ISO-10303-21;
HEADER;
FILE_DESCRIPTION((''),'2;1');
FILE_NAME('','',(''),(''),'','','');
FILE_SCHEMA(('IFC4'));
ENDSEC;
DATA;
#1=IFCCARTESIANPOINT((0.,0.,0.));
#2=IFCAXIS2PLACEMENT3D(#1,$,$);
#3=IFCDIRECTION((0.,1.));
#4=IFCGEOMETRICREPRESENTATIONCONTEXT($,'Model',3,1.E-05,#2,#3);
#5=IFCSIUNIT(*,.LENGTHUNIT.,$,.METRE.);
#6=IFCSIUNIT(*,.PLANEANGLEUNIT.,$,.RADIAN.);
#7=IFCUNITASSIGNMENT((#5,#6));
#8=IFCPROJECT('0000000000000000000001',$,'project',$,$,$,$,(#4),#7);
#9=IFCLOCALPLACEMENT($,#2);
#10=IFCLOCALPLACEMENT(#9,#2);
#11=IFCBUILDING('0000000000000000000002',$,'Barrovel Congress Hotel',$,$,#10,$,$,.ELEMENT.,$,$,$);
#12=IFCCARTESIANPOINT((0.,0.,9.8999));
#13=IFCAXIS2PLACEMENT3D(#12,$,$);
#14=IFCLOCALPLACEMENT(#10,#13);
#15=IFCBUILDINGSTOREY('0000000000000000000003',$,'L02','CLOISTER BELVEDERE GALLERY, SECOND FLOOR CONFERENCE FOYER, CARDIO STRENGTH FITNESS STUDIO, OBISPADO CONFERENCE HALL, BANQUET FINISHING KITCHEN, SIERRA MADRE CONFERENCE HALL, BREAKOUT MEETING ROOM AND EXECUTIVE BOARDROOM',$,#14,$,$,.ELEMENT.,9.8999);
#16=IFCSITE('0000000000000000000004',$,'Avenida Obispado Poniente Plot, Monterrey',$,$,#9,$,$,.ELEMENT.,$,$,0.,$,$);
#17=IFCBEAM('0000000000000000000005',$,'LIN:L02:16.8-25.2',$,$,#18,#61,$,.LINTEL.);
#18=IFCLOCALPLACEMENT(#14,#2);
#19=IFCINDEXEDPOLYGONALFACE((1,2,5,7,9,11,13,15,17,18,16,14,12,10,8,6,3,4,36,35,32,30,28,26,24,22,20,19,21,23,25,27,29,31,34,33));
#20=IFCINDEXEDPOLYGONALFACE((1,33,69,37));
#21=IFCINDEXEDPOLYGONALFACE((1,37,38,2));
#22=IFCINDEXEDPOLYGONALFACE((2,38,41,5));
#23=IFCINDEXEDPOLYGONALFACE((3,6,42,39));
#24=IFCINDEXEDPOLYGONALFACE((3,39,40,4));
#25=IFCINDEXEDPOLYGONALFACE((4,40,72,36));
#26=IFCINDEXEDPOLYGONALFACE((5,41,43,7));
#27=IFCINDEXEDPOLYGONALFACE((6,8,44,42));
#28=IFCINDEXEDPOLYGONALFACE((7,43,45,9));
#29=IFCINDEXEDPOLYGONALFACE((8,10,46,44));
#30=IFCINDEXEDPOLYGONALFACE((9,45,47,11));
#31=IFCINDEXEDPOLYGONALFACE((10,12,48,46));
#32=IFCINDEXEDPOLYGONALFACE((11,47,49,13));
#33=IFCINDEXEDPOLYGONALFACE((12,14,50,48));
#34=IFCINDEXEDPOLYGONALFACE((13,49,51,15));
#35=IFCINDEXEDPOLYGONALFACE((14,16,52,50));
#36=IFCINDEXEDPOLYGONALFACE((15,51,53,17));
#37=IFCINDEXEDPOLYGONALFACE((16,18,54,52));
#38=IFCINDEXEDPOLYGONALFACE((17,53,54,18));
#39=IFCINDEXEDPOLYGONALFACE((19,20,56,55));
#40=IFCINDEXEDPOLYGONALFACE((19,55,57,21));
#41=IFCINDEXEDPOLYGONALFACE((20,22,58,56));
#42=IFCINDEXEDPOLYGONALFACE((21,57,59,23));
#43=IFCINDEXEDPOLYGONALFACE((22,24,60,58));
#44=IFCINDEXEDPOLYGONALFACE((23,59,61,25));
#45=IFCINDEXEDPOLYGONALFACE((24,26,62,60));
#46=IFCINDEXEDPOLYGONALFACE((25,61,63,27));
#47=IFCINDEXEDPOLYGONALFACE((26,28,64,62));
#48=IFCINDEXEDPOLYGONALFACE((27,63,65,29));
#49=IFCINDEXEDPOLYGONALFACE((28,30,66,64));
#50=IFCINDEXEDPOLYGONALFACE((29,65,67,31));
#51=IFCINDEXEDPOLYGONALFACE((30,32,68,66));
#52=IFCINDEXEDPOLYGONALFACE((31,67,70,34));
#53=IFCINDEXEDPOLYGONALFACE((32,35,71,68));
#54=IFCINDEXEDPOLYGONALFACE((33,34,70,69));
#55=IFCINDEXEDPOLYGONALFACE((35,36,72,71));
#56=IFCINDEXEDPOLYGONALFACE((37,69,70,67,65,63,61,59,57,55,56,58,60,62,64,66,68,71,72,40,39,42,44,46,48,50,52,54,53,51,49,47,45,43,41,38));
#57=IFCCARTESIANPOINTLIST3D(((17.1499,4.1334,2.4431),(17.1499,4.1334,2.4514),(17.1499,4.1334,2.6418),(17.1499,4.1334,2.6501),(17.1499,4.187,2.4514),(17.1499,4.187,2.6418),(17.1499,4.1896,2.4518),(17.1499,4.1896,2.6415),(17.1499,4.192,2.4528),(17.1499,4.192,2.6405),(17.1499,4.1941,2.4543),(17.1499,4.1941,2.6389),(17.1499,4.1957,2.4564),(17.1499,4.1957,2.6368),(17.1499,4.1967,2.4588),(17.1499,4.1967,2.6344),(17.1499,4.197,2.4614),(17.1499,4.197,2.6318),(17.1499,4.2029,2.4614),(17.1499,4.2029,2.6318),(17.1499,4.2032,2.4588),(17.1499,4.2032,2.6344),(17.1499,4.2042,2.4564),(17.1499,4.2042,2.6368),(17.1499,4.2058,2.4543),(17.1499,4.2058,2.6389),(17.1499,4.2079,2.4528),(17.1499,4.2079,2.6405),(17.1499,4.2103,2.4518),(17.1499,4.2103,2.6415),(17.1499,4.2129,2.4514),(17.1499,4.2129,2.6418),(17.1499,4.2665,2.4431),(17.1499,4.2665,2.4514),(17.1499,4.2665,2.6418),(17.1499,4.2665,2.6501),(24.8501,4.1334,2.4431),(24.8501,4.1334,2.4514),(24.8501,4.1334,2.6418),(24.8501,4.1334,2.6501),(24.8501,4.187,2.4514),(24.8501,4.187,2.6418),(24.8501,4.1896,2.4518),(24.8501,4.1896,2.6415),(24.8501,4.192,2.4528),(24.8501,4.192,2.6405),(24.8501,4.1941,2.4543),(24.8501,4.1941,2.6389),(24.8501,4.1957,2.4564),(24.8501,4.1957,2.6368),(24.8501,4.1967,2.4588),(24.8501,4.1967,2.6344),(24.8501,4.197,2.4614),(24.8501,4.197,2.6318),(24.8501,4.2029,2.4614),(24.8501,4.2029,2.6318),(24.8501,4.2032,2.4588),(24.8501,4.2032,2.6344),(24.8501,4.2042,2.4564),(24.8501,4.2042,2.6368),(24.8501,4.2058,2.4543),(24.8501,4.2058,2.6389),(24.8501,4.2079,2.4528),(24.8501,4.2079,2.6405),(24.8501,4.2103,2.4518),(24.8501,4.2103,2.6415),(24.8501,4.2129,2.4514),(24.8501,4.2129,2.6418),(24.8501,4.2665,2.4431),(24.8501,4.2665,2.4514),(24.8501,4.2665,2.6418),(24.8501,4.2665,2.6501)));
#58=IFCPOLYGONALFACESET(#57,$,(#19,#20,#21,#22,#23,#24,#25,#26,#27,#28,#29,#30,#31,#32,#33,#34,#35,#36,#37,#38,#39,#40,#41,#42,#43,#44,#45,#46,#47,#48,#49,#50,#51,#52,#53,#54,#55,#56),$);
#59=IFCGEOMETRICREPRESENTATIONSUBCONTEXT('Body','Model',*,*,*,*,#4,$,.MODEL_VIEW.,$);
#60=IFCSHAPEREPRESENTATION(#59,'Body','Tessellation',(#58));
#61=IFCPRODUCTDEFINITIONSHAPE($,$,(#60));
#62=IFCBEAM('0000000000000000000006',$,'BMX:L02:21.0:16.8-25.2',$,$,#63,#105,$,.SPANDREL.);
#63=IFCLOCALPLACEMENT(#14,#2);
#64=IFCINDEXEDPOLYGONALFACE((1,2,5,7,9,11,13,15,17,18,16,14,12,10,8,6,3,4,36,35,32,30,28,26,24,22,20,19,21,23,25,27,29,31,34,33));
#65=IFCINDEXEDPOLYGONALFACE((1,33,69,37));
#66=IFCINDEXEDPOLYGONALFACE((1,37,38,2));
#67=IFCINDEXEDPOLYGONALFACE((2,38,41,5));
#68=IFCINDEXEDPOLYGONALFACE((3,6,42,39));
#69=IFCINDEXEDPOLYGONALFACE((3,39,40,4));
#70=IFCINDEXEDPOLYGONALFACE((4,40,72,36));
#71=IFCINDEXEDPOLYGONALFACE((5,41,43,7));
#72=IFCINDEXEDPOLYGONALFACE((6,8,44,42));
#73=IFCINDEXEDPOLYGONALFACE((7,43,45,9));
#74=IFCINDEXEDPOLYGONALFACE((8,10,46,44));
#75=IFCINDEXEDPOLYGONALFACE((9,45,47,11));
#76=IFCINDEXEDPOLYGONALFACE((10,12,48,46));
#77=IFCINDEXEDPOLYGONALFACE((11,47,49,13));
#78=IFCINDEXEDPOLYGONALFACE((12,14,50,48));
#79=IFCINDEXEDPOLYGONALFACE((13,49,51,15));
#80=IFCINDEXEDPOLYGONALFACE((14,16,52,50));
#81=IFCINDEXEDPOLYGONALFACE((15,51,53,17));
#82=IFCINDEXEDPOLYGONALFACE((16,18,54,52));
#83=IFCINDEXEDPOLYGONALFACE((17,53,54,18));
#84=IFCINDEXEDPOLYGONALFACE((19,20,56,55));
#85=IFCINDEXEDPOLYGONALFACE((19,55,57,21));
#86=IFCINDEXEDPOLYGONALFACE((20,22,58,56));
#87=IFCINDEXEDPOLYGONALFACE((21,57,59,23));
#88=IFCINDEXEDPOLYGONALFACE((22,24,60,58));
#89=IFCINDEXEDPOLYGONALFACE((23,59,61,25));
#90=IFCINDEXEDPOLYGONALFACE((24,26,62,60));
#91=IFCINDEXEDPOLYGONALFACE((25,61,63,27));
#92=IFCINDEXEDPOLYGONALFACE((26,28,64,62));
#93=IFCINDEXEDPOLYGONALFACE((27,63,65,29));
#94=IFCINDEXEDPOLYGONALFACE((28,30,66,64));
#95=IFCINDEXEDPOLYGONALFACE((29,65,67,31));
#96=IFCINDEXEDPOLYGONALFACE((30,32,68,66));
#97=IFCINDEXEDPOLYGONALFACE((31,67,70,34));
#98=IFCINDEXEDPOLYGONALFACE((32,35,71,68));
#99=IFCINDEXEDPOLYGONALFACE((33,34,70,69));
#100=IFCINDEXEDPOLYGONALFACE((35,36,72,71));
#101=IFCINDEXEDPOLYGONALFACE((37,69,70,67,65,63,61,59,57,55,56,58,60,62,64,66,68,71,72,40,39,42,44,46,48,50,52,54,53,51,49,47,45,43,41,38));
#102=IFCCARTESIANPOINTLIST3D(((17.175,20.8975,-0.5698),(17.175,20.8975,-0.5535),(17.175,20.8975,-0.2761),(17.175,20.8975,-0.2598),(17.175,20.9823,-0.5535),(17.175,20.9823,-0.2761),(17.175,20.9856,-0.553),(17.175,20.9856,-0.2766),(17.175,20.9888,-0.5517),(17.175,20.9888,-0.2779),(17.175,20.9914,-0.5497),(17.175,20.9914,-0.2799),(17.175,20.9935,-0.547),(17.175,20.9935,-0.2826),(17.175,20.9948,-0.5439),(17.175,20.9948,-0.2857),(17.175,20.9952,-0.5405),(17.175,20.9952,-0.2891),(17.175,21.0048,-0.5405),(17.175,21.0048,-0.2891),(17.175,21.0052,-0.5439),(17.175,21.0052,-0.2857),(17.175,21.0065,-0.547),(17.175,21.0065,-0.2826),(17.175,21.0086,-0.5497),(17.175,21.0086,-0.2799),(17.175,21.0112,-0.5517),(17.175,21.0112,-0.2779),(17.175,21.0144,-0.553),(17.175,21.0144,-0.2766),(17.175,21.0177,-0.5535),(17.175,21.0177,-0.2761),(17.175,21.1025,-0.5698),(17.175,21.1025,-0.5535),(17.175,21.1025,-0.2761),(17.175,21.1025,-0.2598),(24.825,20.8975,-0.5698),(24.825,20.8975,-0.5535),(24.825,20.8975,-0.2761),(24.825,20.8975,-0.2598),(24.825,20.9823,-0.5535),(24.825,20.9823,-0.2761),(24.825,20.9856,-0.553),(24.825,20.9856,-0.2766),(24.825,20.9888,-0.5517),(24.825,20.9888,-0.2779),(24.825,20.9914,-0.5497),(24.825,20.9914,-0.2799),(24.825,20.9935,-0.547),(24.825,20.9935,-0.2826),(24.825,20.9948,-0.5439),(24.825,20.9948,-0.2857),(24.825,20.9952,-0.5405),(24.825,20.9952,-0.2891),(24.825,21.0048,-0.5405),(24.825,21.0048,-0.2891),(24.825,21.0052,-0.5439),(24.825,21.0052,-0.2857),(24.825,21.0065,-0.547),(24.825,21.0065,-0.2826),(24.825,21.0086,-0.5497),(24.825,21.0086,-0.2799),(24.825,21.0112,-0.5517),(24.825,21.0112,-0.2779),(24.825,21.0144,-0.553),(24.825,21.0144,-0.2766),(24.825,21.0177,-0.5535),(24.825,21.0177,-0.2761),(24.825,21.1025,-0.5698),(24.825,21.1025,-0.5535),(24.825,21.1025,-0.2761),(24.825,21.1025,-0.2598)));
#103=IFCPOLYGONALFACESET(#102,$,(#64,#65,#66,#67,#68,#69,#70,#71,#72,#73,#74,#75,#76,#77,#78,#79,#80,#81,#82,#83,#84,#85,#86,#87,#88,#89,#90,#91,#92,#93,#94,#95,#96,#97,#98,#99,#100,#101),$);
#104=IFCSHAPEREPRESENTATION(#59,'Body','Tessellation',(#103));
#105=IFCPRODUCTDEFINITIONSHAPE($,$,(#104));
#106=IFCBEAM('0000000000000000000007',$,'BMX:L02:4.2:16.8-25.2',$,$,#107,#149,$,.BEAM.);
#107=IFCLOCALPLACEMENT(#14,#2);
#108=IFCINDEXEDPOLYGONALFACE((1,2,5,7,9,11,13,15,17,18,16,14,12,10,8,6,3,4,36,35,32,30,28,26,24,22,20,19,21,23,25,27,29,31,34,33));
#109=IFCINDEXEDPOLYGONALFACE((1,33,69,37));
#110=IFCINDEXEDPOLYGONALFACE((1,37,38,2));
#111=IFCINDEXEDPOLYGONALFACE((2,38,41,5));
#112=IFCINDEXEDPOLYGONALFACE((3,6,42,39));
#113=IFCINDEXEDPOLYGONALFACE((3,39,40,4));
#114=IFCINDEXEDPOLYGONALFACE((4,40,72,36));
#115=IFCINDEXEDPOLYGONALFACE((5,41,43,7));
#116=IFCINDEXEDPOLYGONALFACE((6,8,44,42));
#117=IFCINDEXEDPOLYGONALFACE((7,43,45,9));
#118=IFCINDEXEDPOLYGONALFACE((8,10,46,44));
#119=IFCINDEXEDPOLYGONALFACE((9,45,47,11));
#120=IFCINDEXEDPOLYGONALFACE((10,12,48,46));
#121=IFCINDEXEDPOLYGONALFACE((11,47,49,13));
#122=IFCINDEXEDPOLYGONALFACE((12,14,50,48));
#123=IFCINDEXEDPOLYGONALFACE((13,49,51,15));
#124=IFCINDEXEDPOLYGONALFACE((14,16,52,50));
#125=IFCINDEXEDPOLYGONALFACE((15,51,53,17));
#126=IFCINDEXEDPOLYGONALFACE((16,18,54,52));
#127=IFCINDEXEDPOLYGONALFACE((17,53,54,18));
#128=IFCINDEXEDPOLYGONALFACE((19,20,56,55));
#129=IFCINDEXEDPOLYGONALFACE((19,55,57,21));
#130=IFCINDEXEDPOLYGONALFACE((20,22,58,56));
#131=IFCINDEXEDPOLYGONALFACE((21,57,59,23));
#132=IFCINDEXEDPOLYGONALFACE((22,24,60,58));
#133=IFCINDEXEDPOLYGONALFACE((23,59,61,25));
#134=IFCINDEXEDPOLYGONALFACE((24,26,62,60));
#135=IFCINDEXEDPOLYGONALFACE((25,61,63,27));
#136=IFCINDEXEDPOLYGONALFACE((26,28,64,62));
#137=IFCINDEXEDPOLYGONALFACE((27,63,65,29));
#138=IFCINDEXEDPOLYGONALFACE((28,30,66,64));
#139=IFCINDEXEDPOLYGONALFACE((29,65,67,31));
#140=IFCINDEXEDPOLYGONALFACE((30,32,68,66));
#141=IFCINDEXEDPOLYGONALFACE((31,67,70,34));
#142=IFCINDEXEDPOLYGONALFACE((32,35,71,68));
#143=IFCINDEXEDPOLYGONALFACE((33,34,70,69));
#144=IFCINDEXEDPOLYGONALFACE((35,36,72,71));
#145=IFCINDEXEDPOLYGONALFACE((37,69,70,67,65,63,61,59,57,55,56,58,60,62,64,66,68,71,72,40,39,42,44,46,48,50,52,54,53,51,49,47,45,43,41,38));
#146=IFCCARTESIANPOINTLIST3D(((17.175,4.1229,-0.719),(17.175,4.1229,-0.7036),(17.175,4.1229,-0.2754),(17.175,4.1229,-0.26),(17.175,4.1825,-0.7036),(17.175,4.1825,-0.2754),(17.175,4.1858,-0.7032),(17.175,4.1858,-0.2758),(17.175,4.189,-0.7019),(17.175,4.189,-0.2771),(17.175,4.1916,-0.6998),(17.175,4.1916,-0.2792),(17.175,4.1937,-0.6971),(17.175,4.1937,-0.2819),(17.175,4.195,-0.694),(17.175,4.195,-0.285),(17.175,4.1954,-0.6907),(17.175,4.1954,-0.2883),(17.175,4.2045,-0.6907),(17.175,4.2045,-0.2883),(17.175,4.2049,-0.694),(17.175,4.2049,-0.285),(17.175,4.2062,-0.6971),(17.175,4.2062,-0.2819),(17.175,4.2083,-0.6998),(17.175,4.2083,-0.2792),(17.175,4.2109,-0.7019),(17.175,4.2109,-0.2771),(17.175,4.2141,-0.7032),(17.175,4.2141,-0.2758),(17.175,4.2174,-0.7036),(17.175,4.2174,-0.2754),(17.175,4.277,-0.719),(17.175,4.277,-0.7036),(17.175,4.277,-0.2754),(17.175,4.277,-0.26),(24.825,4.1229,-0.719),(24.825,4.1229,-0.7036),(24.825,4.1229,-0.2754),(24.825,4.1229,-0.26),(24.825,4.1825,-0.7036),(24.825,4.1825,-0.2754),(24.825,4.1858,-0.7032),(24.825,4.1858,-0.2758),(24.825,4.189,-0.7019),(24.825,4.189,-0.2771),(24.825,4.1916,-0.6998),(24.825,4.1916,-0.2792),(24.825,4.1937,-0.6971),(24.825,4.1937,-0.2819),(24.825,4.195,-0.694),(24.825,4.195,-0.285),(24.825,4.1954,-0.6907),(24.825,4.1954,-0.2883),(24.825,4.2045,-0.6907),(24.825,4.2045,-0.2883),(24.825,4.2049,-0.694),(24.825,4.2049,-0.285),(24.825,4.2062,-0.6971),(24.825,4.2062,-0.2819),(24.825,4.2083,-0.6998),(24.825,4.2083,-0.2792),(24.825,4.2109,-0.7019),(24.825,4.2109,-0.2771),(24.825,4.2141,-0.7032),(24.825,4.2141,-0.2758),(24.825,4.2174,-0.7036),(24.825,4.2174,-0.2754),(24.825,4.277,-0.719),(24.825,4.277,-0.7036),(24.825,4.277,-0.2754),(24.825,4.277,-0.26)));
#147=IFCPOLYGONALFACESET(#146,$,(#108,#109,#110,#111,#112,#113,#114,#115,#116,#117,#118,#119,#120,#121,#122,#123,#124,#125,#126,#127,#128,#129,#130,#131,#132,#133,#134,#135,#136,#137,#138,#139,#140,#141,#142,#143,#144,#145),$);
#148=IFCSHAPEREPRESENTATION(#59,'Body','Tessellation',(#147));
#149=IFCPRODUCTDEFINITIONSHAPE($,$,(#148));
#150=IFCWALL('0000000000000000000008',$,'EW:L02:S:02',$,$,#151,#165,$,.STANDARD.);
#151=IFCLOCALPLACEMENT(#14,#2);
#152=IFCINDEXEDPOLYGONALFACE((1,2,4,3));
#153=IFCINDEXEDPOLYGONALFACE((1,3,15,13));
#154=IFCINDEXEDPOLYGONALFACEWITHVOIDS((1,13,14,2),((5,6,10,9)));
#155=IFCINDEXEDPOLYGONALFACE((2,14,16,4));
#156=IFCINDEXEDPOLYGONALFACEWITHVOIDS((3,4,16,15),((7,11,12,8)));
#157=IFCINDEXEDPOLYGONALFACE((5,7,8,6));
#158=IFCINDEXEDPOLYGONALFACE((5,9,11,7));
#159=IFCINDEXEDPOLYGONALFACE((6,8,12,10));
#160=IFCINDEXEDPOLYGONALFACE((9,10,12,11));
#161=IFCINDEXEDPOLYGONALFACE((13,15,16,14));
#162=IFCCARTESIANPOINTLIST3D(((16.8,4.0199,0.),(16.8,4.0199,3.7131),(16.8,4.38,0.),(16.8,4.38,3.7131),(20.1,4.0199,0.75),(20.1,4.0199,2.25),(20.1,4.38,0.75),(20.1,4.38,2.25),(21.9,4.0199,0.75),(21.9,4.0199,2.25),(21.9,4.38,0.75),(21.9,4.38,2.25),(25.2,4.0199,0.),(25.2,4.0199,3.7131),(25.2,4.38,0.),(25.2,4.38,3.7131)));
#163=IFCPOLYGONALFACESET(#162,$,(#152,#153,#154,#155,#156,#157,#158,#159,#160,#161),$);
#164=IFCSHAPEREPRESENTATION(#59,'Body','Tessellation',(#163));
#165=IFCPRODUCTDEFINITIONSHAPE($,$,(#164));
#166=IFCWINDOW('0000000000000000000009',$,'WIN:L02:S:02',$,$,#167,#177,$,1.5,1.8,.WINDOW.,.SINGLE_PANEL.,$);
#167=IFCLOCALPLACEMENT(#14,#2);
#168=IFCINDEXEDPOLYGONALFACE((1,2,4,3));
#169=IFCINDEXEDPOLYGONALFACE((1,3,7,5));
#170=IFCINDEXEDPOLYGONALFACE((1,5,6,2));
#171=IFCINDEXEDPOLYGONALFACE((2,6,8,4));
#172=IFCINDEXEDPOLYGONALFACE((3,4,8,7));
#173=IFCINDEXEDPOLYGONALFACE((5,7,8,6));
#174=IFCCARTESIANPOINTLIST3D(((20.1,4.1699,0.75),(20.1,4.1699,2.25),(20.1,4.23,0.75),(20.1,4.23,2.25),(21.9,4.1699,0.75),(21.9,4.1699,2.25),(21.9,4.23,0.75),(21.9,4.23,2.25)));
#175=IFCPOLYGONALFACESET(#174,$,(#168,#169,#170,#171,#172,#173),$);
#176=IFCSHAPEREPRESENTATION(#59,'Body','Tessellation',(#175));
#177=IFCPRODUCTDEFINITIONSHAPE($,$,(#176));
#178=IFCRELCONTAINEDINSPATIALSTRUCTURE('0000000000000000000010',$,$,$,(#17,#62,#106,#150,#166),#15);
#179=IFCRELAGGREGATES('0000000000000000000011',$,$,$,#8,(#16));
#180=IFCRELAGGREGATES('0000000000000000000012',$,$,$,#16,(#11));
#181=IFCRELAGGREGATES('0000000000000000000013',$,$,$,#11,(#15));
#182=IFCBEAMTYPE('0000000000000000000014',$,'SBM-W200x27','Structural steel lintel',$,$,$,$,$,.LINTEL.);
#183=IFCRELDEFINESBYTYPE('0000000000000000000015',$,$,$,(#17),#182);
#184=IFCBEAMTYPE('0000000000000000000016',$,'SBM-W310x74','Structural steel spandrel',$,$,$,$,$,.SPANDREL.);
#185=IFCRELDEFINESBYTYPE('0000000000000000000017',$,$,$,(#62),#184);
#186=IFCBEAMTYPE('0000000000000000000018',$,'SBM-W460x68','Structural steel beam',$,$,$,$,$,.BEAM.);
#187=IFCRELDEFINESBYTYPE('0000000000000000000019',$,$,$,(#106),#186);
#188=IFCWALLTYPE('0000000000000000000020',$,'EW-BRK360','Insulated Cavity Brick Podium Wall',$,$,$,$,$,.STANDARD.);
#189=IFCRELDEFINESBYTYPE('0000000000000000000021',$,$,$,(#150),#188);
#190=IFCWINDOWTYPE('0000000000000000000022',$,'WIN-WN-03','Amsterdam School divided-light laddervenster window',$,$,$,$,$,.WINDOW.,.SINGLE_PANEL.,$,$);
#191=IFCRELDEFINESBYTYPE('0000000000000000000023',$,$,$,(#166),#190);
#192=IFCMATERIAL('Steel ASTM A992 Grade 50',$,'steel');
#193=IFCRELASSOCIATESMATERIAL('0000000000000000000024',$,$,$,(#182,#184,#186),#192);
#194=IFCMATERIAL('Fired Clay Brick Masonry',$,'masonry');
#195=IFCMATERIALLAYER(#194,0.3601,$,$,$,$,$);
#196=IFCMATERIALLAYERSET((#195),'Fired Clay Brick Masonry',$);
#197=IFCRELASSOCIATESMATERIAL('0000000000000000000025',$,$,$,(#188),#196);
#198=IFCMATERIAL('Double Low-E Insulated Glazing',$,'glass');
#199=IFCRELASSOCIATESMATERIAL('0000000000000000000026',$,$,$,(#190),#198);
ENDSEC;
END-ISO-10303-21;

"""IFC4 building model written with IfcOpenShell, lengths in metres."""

from ifc_helpers import new_model, si_unit, direction, frame, frame_2d, origin, origin_2d, place, context, subcontext, project, spatial, rectangle, i_section, extrude, material, layer, layer_set, material_profile, profile_set, type_object, element, fill, save


model = new_model("IFC4")

# Units and contexts
model_context = context("Model", 3, precision=1e-05, world=origin(), true_north=direction((0.0, 1.0)))
body_context = subcontext(model_context, "Body", "Model", "MODEL_VIEW")
ifc_project = project(units=[si_unit("LENGTHUNIT", "METRE"), si_unit("PLANEANGLEUNIT", "RADIAN")], contexts=[model_context])

# Site, building, storey
site_placement = place(None, origin())
site = spatial("IfcSite", under=ifc_project, at=site_placement, Name="Avenida Obispado Poniente Plot, Monterrey", CompositionType="ELEMENT", RefElevation=0.0)
building_placement = place(site_placement, origin())
building = spatial("IfcBuilding", under=site, at=building_placement, Name="Barrovel Congress Hotel", CompositionType="ELEMENT")
storey_placement = place(building_placement, frame((0.0, 0.0, 9.8999)))
storey = spatial("IfcBuildingStorey", under=building, at=storey_placement, Name="L02", Description="CLOISTER BELVEDERE GALLERY, SECOND FLOOR CONFERENCE FOYER, CARDIO STRENGTH FITNESS STUDIO, OBISPADO CONFERENCE HALL, BANQUET FINISHING KITCHEN, SIERRA MADRE CONFERENCE HALL, BREAKOUT MEETING ROOM AND EXECUTIVE BOARDROOM", CompositionType="ELEMENT", Elevation=9.8999)

# Beams
ifc_material_1 = material(Name="Steel ASTM A992 Grade 50", Category="steel")
ifc_material_profile_1 = material_profile(ifc_material_1, i_section(OverallWidth=0.1331, OverallDepth=0.207, WebThickness=0.0059, FlangeThickness=0.0083, FilletRadius=0.01, at=origin_2d()), Name="W200x27")
ifc_profile_set_1 = profile_set([ifc_material_profile_1], Name="Steel ASTM A992 Grade 50")
beam_type_1 = type_object("IfcBeamType", Name="SBM-W200x27", Description="Structural steel lintel", PredefinedType="LINTEL", material=ifc_profile_set_1)
beam_1_placement = place(storey_placement, frame((17.1499, 4.2, 2.5466), z_axis=(1.0, 0.0, 0.0), x_axis=(0.0, 1.0, 0.0)))
element("IfcBeam", 1, at=beam_1_placement, inside=storey, type_object=beam_type_1, Name="LIN:L02:16.8-25.2", PredefinedType="LINTEL", context=body_context, shape_type="SweptSolid", body=[
    extrude(i_section(OverallWidth=0.1331, OverallDepth=0.207, WebThickness=0.0059, FlangeThickness=0.0083, FilletRadius=0.01, at=origin_2d()), origin(), (0.0, 0.0, 1.0), 7.7002),
])
ifc_material_profile_2 = material_profile(ifc_material_1, i_section(OverallWidth=0.2051, OverallDepth=0.3101, WebThickness=0.0095, FlangeThickness=0.0164, FilletRadius=0.0129, at=origin_2d()), Name="W310x74")
ifc_profile_set_2 = profile_set([ifc_material_profile_2], Name="Steel ASTM A992 Grade 50")
beam_type_2 = type_object("IfcBeamType", Name="SBM-W310x74", Description="Structural steel spandrel", PredefinedType="SPANDREL", material=ifc_profile_set_2)
beam_2_placement = place(storey_placement, frame((17.175, 21.0, -0.4148), z_axis=(1.0, 0.0, 0.0), x_axis=(0.0, 1.0, 0.0)))
element("IfcBeam", 2, at=beam_2_placement, inside=storey, type_object=beam_type_2, Name="BMX:L02:21.0:16.8-25.2", PredefinedType="SPANDREL", context=body_context, shape_type="SweptSolid", body=[
    extrude(i_section(OverallWidth=0.2051, OverallDepth=0.3101, WebThickness=0.0095, FlangeThickness=0.0164, FilletRadius=0.0129, at=origin_2d()), origin(), (0.0, 0.0, 1.0), 7.6499),
])
ifc_material_profile_3 = material_profile(ifc_material_1, i_section(OverallWidth=0.1541, OverallDepth=0.459, WebThickness=0.009, FlangeThickness=0.0154, FilletRadius=0.0129, at=origin_2d()), Name="W460x68")
ifc_profile_set_3 = profile_set([ifc_material_profile_3], Name="Steel ASTM A992 Grade 50")
beam_type_3 = type_object("IfcBeamType", Name="SBM-W460x68", Description="Structural steel beam", PredefinedType="BEAM", material=ifc_profile_set_3)
beam_3_placement = place(storey_placement, frame((17.175, 4.2, -0.4895), z_axis=(1.0, 0.0, 0.0), x_axis=(0.0, 1.0, 0.0)))
element("IfcBeam", 3, at=beam_3_placement, inside=storey, type_object=beam_type_3, Name="BMX:L02:4.2:16.8-25.2", PredefinedType="BEAM", context=body_context, shape_type="SweptSolid", body=[
    extrude(i_section(OverallWidth=0.1541, OverallDepth=0.459, WebThickness=0.009, FlangeThickness=0.0154, FilletRadius=0.0129, at=origin_2d()), origin(), (0.0, 0.0, 1.0), 7.6499),
])

# Wall, opening, window
ifc_material_2 = material(Name="Fired Clay Brick Masonry", Category="masonry")
ifc_layer_1 = layer(ifc_material_2, 0.3601)
ifc_layer_set_1 = layer_set([ifc_layer_1], Name="Fired Clay Brick Masonry")
wall_type_1 = type_object("IfcWallType", Name="EW-BRK360", Description="Insulated Cavity Brick Podium Wall", PredefinedType="STANDARD", material=ifc_layer_set_1)
wall_1_placement = place(storey_placement, frame((16.8, 4.2, 0.0), z_axis=(0.0, 0.0, 1.0), x_axis=(1.0, 0.0, 0.0)))
wall_1 = element("IfcWall", 4, at=wall_1_placement, inside=storey, type_object=wall_type_1, Name="EW:L02:S:02", PredefinedType="STANDARD", context=body_context, shape_type="SweptSolid", body=[
    extrude(rectangle(XDim=8.3999, YDim=0.3601, at=frame_2d((4.2, 0.0))), origin(), (0.0, 0.0, 1.0), 3.7131),
])
opening_1_placement = place(wall_1_placement, frame((3.3, 0.0, 0.75)))
opening_1 = element("IfcOpeningElement", 5, at=opening_1_placement, cuts=wall_1, PredefinedType="OPENING", context=body_context, shape_type="SweptSolid", body=[
    extrude(rectangle(XDim=1.8, YDim=1.5, at=frame_2d((0.8999, 0.75))), frame((0.0, 0.1899, 0.0), z_axis=(0.0, -1.0, 0.0), x_axis=(1.0, 0.0, 0.0)), (0.0, 0.0, 1.0), 0.3801),
])
ifc_material_3 = material(Name="Double Low-E Insulated Glazing", Category="glass")
window_type_1 = type_object("IfcWindowType", Name="WIN-WN-03", Description="Amsterdam School divided-light laddervenster window", PartitioningType="SINGLE_PANEL", PredefinedType="WINDOW", material=ifc_material_3)
window_1_placement = place(opening_1_placement, origin())
window_1 = element("IfcWindow", 6, at=window_1_placement, inside=storey, type_object=window_type_1, Name="WIN:L02:S:02", OverallHeight=1.5, OverallWidth=1.8, PartitioningType="SINGLE_PANEL", PredefinedType="WINDOW", context=body_context, shape_type="SweptSolid", body=[
    extrude(rectangle(XDim=1.8, YDim=1.5, at=frame_2d((0.8999, 0.75))), frame((0.0, 0.03, 0.0), z_axis=(0.0, -1.0, 0.0), x_axis=(1.0, 0.0, 0.0)), (0.0, 0.0, 1.0), 0.0601),
])
fill(opening_1, window_1)

save(model, "model.ifc")
